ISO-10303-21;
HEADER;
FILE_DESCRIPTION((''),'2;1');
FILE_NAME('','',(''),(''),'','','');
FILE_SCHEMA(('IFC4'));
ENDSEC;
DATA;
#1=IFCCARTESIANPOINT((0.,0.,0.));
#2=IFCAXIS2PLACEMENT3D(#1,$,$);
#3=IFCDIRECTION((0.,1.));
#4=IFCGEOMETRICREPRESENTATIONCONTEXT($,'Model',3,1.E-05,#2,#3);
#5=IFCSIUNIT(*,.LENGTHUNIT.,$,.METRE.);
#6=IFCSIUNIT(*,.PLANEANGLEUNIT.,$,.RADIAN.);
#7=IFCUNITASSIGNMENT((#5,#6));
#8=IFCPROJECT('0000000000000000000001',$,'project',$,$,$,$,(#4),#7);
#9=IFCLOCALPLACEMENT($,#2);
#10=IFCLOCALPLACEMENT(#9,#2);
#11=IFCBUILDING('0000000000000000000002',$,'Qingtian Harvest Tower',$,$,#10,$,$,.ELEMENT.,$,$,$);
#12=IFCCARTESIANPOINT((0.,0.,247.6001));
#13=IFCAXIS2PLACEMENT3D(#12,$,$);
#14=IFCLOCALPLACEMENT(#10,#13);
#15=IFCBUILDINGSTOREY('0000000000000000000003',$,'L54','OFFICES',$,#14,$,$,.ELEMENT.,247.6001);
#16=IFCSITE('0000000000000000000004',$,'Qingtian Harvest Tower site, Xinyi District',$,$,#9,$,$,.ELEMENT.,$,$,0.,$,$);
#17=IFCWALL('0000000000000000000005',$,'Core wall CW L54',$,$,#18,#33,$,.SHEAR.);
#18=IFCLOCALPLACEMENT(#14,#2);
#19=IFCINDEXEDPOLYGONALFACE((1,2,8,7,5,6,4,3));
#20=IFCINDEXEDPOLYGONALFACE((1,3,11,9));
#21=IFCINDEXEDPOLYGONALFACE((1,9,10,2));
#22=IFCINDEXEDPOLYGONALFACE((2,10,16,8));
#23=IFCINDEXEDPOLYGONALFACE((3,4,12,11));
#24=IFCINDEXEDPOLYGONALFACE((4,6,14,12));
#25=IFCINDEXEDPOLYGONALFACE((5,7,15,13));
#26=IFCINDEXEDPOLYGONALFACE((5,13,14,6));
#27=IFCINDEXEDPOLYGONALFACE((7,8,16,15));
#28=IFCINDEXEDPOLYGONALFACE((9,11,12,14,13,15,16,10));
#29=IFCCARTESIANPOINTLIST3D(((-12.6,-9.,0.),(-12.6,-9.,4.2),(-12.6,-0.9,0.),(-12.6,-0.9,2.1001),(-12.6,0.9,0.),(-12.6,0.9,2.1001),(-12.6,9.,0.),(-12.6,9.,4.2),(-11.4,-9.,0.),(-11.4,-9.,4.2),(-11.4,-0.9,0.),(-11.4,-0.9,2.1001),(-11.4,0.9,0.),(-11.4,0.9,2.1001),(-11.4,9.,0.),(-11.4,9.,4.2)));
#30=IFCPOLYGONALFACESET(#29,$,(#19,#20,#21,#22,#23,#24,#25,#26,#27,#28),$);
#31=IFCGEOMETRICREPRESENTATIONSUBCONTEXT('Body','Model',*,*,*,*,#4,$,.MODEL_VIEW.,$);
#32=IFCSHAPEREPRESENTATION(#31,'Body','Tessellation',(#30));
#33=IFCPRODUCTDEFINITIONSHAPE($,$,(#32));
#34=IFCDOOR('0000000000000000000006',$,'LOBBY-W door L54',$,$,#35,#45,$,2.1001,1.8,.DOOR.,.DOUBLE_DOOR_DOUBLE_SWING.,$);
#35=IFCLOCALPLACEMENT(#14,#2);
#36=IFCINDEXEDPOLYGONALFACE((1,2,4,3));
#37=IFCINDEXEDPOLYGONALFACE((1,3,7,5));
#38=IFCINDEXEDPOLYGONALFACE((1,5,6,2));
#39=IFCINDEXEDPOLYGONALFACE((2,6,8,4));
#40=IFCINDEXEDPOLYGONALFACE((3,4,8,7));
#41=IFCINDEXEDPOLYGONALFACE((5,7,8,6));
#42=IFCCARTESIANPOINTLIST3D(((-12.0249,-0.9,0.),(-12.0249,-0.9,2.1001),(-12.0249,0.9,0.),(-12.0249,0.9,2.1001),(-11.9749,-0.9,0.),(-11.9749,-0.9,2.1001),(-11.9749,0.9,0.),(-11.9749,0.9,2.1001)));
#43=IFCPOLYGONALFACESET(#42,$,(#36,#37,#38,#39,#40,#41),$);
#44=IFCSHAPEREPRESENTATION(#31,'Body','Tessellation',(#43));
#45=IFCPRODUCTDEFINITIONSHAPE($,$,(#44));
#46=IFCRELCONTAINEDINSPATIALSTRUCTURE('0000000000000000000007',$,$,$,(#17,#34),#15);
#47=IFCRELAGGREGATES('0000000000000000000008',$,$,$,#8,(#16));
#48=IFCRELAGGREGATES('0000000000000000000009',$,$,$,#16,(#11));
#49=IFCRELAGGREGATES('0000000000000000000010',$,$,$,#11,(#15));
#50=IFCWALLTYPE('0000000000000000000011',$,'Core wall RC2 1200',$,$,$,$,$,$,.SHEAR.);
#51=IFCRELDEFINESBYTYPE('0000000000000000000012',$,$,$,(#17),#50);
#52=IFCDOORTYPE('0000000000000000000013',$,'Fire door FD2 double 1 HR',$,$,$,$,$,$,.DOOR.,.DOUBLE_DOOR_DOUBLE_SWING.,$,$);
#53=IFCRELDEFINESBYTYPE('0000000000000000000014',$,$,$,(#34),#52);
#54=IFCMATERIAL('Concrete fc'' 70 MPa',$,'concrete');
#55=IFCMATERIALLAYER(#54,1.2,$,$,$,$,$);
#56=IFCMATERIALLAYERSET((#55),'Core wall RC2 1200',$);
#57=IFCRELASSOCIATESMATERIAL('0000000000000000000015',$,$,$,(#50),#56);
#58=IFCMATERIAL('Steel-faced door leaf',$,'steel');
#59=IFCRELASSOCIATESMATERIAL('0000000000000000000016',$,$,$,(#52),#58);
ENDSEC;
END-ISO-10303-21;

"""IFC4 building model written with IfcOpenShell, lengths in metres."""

from ifc_helpers import new_model, si_unit, direction, frame, frame_2d, origin, place, context, subcontext, project, spatial, rectangle, extrude, material, layer, layer_set, type_object, element, fill, save


model = new_model("IFC4")

# Units and contexts
model_context = context("Model", 3, precision=1e-05, world=origin(), true_north=direction((0.0, 1.0)))
body_context = subcontext(model_context, "Body", "Model", "MODEL_VIEW")
ifc_project = project(units=[si_unit("LENGTHUNIT", "METRE"), si_unit("PLANEANGLEUNIT", "RADIAN")], contexts=[model_context])

# Site, building, storey
site_placement = place(None, origin())
site = spatial("IfcSite", under=ifc_project, at=site_placement, Name="Qingtian Harvest Tower site, Xinyi District", CompositionType="ELEMENT", RefElevation=0.0)
building_placement = place(site_placement, origin())
building = spatial("IfcBuilding", under=site, at=building_placement, Name="Qingtian Harvest Tower", CompositionType="ELEMENT")
storey_placement = place(building_placement, frame((0.0, 0.0, 247.6001)))
storey = spatial("IfcBuildingStorey", under=building, at=storey_placement, Name="L54", Description="OFFICES", CompositionType="ELEMENT", Elevation=247.6001)

# Wall, opening, door
ifc_material_1 = material(Name="Concrete fc' 70 MPa", Category="concrete")
ifc_layer_1 = layer(ifc_material_1, 1.2)
ifc_layer_set_1 = layer_set([ifc_layer_1], Name="Core wall RC2 1200")
wall_type_1 = type_object("IfcWallType", Name="Core wall RC2 1200", PredefinedType="SHEAR", material=ifc_layer_set_1)
wall_1_placement = place(storey_placement, frame((-12.0, -9.0, 0.0), z_axis=(0.0, 0.0, 1.0), x_axis=(0.0, 1.0, 0.0)))
wall_1 = element("IfcWall", 1, at=wall_1_placement, inside=storey, type_object=wall_type_1, Name="Core wall CW L54", PredefinedType="SHEAR", context=body_context, shape_type="SweptSolid", body=[
    extrude(rectangle(XDim=18.0, YDim=1.2, at=frame_2d((9.0, 0.0))), origin(), (0.0, 0.0, 1.0), 4.2),
])
opening_1_placement = place(wall_1_placement, frame((8.1001, 0.0, 0.0)))
opening_1 = element("IfcOpeningElement", 2, at=opening_1_placement, cuts=wall_1, PredefinedType="OPENING", context=body_context, shape_type="SweptSolid", body=[
    extrude(rectangle(XDim=1.8, YDim=2.1001, at=frame_2d((0.8999, 1.05))), frame((0.0, 0.6099, 0.0), z_axis=(0.0, -1.0, 0.0), x_axis=(1.0, 0.0, 0.0)), (0.0, 0.0, 1.0), 1.22),
])
ifc_material_2 = material(Name="Steel-faced door leaf", Category="steel")
door_type_1 = type_object("IfcDoorType", Name="Fire door FD2 double 1 HR", OperationType="DOUBLE_DOOR_DOUBLE_SWING", PredefinedType="DOOR", material=ifc_material_2)
door_1_placement = place(opening_1_placement, origin())
door_1 = element("IfcDoor", 3, at=door_1_placement, inside=storey, type_object=door_type_1, Name="LOBBY-W door L54", OperationType="DOUBLE_DOOR_DOUBLE_SWING", OverallHeight=2.1001, OverallWidth=1.8, PredefinedType="DOOR", context=body_context, shape_type="SweptSolid", body=[
    extrude(rectangle(XDim=1.8, YDim=2.1001, at=frame_2d((0.8999, 1.05))), frame((0.0, 0.0249, 0.0), z_axis=(0.0, -1.0, 0.0), x_axis=(1.0, 0.0, 0.0)), (0.0, 0.0, 1.0), 0.05),
])
fill(opening_1, door_1)

save(model, "model.ifc")
